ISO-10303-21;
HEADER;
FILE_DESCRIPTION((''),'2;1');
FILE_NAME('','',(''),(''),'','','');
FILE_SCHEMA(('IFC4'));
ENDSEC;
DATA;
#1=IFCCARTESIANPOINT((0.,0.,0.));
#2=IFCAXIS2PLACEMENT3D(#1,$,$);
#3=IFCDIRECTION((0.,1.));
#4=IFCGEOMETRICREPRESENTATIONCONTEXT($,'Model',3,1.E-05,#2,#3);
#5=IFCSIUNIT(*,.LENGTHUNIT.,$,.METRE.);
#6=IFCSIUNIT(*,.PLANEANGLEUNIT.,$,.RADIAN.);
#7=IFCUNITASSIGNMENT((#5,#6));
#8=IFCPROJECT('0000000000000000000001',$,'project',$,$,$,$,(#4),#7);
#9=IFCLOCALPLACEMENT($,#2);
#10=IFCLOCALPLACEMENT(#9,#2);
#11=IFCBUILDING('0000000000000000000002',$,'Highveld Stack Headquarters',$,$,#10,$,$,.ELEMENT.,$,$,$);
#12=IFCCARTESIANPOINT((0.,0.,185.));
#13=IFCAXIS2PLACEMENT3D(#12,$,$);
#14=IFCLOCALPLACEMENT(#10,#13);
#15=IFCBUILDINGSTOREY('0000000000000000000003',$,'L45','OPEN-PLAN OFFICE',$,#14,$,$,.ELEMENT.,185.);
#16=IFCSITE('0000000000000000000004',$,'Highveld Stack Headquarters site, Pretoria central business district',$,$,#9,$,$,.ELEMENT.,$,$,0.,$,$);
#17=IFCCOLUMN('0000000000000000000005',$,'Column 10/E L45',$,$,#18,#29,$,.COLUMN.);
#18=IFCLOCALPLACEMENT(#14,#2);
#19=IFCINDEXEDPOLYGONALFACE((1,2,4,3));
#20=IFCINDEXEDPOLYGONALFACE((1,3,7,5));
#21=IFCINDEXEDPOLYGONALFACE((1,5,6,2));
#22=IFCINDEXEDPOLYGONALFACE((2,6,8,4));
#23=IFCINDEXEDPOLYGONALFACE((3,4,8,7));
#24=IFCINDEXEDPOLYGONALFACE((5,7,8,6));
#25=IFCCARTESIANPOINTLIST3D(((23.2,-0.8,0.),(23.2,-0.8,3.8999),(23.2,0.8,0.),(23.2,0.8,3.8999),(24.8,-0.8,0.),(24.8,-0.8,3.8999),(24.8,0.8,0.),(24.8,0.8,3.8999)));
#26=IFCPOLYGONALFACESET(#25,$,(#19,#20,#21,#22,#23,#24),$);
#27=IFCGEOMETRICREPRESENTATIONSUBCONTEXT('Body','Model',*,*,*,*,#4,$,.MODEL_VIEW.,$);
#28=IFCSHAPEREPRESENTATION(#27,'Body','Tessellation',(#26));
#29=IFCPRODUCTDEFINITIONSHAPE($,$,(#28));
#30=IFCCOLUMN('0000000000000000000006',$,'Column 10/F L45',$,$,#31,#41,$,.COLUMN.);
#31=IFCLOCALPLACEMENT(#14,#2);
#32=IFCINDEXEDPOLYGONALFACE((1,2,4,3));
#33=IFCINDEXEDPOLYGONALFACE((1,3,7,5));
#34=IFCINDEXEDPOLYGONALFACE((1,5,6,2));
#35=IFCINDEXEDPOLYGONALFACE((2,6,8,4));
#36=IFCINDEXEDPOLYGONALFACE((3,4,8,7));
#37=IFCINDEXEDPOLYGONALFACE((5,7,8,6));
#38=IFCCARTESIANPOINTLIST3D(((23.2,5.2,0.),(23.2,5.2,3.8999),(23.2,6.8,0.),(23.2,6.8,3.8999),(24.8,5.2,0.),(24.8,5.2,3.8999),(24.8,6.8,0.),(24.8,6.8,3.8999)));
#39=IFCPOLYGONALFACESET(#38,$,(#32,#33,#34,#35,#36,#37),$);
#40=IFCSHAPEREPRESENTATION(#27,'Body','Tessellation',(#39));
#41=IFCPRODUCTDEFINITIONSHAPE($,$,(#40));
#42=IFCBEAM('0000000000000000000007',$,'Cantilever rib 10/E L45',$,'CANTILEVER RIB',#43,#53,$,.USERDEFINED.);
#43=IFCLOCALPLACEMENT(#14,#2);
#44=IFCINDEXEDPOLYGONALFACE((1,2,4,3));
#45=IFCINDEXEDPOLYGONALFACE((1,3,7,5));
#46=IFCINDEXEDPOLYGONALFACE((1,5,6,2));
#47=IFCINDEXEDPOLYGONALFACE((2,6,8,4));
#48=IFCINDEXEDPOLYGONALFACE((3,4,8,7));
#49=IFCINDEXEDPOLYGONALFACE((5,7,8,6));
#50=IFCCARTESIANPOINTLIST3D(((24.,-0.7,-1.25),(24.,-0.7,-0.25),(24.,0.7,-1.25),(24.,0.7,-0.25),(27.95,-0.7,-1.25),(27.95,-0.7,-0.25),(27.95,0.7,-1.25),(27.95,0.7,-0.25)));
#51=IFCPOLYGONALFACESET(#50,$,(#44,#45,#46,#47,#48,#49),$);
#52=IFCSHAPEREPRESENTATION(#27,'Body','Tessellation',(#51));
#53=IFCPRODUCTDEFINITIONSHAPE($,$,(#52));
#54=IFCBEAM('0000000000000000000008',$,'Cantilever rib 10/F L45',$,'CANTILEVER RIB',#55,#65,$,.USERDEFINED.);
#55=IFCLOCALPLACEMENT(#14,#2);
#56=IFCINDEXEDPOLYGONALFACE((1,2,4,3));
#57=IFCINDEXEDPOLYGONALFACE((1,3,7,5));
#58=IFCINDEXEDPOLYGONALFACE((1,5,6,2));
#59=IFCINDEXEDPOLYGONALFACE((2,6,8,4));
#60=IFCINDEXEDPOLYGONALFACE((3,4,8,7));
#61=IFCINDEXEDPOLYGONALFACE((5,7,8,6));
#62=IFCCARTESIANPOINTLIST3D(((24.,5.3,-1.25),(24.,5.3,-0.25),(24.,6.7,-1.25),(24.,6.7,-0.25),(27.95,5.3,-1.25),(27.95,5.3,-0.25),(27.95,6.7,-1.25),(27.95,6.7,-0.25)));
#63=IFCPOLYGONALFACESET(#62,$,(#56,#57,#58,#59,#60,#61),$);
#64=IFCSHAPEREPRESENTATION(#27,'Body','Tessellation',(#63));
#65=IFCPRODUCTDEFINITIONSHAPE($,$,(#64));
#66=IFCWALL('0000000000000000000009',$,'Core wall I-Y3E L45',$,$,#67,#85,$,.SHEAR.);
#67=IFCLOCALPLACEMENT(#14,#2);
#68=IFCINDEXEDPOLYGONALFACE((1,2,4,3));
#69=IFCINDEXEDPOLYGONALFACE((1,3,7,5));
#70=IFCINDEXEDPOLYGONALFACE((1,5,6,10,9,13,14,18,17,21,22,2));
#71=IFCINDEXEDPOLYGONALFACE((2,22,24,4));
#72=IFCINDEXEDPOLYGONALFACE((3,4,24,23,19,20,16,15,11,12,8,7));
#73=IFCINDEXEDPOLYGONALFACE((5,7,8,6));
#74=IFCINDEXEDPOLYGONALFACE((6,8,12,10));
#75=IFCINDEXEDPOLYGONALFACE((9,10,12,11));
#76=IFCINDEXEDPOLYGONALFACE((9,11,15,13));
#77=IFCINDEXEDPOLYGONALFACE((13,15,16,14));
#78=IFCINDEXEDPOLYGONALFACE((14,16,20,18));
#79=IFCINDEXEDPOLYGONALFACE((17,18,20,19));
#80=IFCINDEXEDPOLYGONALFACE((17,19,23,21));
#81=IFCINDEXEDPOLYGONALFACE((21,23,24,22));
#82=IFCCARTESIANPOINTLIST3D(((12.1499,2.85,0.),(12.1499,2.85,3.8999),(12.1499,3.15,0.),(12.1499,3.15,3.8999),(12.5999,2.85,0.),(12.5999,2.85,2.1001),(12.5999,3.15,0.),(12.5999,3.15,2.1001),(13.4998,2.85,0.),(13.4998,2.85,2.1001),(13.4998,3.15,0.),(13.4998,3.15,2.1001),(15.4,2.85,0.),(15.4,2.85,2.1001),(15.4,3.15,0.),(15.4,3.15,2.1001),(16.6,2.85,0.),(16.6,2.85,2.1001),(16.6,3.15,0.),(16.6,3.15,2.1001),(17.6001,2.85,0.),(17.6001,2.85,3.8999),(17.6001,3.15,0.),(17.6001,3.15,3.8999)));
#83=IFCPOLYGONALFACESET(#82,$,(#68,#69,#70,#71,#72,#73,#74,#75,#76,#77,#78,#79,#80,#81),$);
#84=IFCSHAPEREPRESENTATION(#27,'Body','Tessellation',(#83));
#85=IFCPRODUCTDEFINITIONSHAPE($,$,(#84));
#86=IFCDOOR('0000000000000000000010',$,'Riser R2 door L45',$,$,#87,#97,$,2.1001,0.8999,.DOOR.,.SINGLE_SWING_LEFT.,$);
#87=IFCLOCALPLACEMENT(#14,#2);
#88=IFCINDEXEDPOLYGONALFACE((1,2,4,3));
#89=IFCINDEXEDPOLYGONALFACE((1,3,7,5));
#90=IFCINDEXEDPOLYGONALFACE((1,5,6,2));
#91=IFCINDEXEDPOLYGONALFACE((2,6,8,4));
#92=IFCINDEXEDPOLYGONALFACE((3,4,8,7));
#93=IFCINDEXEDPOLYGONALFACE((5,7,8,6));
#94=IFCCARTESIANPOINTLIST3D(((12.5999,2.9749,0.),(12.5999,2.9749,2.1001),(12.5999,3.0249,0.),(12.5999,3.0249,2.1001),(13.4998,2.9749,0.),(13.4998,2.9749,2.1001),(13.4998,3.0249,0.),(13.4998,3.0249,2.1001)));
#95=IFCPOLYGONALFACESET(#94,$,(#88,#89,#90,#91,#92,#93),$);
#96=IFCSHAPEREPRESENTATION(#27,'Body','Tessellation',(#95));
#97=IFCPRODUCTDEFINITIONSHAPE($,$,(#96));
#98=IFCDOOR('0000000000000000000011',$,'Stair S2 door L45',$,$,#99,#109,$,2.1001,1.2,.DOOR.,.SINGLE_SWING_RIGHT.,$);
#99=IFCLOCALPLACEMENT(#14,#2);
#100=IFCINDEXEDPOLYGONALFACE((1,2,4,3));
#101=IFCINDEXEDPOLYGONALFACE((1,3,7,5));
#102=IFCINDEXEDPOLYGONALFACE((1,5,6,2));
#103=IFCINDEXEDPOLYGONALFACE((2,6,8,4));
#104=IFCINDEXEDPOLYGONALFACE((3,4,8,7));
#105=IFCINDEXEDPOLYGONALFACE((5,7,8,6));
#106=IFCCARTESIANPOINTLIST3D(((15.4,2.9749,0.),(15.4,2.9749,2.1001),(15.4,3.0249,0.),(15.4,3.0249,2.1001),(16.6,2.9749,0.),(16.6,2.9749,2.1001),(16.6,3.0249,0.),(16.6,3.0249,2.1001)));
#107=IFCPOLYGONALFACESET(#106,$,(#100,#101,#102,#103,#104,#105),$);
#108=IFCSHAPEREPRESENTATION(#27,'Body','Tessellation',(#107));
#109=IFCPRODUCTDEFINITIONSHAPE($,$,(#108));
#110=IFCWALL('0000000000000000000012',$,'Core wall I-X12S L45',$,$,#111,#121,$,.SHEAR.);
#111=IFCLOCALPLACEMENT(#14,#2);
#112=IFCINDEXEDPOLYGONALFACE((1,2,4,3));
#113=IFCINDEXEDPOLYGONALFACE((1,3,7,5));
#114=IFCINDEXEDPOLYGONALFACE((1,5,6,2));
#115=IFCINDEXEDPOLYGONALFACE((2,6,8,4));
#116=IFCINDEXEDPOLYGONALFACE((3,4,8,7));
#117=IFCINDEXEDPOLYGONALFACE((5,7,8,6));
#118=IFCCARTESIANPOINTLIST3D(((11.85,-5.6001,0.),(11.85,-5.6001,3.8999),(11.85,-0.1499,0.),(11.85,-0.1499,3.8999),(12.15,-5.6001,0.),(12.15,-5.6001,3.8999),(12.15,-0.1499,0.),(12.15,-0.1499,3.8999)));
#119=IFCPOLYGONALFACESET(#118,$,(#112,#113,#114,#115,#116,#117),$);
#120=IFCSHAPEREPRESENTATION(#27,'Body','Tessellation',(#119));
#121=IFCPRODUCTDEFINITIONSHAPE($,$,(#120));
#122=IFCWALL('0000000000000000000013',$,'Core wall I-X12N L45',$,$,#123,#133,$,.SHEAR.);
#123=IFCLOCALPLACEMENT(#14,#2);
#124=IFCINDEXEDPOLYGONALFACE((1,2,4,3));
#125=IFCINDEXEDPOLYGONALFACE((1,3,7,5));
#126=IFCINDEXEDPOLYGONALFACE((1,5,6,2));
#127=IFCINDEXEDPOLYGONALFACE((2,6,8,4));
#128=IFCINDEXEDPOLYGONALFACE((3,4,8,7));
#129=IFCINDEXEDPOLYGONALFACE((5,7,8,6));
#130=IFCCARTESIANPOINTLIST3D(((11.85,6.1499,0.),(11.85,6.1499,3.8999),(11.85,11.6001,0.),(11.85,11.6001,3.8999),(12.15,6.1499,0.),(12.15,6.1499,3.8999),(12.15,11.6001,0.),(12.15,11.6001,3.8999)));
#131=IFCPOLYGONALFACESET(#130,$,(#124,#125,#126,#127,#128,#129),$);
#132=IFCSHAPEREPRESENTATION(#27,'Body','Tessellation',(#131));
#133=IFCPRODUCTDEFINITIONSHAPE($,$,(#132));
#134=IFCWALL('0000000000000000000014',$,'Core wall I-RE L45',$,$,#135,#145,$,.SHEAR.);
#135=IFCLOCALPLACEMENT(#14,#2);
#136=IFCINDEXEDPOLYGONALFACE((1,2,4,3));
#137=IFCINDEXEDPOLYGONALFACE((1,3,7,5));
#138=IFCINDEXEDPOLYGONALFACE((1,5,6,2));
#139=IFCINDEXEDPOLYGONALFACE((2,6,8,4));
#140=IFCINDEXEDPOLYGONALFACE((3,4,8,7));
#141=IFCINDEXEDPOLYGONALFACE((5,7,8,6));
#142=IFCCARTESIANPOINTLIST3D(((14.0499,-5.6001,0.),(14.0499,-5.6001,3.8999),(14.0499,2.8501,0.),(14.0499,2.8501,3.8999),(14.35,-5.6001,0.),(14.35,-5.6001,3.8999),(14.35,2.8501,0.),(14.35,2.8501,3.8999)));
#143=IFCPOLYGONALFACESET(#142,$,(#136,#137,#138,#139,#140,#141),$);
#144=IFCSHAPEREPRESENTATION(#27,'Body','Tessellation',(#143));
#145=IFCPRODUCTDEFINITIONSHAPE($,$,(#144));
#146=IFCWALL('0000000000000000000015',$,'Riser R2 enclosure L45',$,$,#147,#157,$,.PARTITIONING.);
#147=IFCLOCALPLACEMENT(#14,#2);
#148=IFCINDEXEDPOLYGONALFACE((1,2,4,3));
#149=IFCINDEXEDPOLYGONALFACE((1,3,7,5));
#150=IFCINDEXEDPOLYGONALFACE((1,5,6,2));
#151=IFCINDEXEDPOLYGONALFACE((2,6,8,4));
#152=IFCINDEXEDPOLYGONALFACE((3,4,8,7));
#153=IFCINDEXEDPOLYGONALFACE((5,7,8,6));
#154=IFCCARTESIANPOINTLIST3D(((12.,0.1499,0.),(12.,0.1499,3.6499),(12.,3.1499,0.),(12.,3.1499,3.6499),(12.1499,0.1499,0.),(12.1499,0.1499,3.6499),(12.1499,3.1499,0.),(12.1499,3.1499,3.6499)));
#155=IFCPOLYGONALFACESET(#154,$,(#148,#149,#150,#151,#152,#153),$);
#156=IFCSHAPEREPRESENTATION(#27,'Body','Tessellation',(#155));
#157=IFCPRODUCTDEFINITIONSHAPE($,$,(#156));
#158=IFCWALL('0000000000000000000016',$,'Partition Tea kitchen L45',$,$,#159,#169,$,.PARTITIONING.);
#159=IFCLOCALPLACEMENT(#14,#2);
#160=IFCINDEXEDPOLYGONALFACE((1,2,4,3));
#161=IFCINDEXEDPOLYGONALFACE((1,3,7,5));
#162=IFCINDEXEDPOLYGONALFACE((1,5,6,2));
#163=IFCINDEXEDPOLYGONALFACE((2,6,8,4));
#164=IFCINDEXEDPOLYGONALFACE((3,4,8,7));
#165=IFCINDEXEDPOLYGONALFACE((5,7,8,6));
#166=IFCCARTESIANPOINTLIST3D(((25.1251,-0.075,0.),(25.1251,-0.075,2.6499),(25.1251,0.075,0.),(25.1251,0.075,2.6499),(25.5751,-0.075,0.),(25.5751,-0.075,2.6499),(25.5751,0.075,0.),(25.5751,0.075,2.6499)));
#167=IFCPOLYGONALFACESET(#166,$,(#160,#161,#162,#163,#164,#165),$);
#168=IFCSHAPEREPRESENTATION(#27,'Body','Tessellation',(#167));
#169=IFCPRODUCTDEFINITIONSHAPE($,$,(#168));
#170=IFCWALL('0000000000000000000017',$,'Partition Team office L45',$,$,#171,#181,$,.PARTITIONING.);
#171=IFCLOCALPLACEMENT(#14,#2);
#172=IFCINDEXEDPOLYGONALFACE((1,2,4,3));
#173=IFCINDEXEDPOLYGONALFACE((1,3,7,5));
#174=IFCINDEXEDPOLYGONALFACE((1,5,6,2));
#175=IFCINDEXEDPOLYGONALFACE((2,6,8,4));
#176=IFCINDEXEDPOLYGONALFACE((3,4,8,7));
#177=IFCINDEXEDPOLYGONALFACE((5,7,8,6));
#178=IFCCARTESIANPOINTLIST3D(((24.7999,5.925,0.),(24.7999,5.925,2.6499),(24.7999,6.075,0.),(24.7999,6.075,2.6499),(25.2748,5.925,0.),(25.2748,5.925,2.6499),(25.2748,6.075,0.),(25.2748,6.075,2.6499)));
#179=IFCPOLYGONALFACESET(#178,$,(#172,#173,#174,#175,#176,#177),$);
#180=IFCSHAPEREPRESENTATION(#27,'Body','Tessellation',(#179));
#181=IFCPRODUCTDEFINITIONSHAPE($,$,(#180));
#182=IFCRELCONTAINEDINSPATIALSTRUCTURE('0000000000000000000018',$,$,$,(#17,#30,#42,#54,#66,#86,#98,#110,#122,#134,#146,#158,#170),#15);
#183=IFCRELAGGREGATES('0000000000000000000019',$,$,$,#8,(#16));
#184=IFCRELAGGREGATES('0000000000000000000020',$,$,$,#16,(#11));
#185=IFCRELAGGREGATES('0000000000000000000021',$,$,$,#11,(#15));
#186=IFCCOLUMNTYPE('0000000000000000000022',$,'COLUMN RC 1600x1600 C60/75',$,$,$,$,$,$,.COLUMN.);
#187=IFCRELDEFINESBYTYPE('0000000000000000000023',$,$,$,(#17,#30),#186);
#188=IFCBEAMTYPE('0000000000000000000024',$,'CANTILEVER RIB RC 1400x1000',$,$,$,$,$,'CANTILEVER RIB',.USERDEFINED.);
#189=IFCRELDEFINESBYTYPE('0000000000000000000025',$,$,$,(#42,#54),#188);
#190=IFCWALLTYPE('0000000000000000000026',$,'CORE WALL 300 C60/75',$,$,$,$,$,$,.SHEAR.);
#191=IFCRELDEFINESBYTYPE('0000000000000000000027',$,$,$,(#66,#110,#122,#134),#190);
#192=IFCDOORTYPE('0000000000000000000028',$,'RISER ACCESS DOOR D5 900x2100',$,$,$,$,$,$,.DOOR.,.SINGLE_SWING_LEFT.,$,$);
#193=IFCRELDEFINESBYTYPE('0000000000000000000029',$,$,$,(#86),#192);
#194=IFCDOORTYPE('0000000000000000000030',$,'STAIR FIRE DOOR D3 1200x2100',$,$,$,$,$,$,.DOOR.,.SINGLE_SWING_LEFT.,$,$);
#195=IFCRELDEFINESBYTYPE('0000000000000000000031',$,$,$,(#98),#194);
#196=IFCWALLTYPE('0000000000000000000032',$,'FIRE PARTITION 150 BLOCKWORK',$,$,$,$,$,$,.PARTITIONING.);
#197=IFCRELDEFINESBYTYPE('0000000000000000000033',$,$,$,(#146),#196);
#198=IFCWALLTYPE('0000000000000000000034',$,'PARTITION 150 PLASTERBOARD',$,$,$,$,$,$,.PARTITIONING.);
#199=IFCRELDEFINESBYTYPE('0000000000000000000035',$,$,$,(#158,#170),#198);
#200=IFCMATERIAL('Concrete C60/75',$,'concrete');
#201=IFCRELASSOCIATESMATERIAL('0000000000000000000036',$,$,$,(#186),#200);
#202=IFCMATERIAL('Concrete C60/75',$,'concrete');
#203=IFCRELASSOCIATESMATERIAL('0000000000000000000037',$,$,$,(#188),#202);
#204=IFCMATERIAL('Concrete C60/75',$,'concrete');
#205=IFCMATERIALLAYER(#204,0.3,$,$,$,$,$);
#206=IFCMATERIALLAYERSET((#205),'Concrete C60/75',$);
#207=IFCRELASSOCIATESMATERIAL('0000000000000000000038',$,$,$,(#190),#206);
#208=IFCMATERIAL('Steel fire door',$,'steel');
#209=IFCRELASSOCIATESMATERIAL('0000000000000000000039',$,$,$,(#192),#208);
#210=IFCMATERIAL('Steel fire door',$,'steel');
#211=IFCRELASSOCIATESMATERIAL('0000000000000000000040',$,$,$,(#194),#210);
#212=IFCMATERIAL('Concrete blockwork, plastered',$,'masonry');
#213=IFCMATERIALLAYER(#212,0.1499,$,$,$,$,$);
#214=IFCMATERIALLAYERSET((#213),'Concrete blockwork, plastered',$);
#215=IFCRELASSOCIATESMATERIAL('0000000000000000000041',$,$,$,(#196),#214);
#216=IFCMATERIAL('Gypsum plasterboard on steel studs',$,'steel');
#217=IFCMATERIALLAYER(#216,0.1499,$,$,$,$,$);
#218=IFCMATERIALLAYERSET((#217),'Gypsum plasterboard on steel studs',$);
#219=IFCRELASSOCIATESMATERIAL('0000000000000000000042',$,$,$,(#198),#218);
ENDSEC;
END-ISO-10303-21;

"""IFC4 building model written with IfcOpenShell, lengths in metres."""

from ifc_helpers import new_model, si_unit, direction, frame, frame_2d, origin, origin_2d, place, context, subcontext, project, spatial, rectangle, extrude, material, layer, layer_set, material_profile, profile_set, type_object, element, fill, save


model = new_model("IFC4")

# Units and contexts
model_context = context("Model", 3, precision=1e-05, world=origin(), true_north=direction((0.0, 1.0)))
body_context = subcontext(model_context, "Body", "Model", "MODEL_VIEW")
ifc_project = project(units=[si_unit("LENGTHUNIT", "METRE"), si_unit("PLANEANGLEUNIT", "RADIAN")], contexts=[model_context])

# Site, building, storey
site_placement = place(None, origin())
site = spatial("IfcSite", under=ifc_project, at=site_placement, Name="Highveld Stack Headquarters site, Pretoria central business district", CompositionType="ELEMENT", RefElevation=0.0)
building_placement = place(site_placement, origin())
building = spatial("IfcBuilding", under=site, at=building_placement, Name="Highveld Stack Headquarters", CompositionType="ELEMENT")
storey_placement = place(building_placement, frame((0.0, 0.0, 185.0)))
storey = spatial("IfcBuildingStorey", under=building, at=storey_placement, Name="L45", Description="OPEN-PLAN OFFICE", CompositionType="ELEMENT", Elevation=185.0)

# Columns
ifc_material_1 = material(Name="Concrete C60/75", Category="concrete")
ifc_material_profile_1 = material_profile(ifc_material_1, rectangle(XDim=1.6001, YDim=1.6001, at=origin_2d()), Name="RC 1600x1600")
ifc_profile_set_1 = profile_set([ifc_material_profile_1], Name="Concrete C60/75")
column_type = type_object("IfcColumnType", Name="COLUMN RC 1600x1600 C60/75", PredefinedType="COLUMN", material=ifc_profile_set_1)
for number, where, z_axis, x_axis, name in (
    (1, (24.0, 0.0, 0.0), (0.0, 0.0, 1.0), (1.0, 0.0, 0.0), "Column 10/E L45"),
    (2, (24.0, 6.0, 0.0), (0.0, 0.0, 1.0), (1.0, 0.0, 0.0), "Column 10/F L45"),
):
    element("IfcColumn", number, at=place(storey_placement, frame(where, z_axis=z_axis, x_axis=x_axis)), inside=storey, type_object=column_type, Name=name, PredefinedType="COLUMN", context=body_context, shape_type="SweptSolid", body=[
        extrude(rectangle(XDim=1.6001, YDim=1.6001, at=origin_2d()), origin(), (0.0, 0.0, 1.0), 3.8999),
    ])

# Beams
ifc_material_2 = material(Name="Concrete C60/75", Category="concrete")
ifc_material_profile_2 = material_profile(ifc_material_2, rectangle(XDim=1.3999, YDim=1.0, at=origin_2d()), Name="RC 1400x1000")
ifc_profile_set_2 = profile_set([ifc_material_profile_2], Name="Concrete C60/75")
beam_type = type_object("IfcBeamType", Name="CANTILEVER RIB RC 1400x1000", ElementType="CANTILEVER RIB", PredefinedType="USERDEFINED", material=ifc_profile_set_2)
for number, where, z_axis, x_axis, name in (
    (3, (24.0, 0.0, -0.75), (1.0, 0.0, 0.0), (0.0, 1.0, 0.0), "Cantilever rib 10/E L45"),
    (4, (24.0, 6.0, -0.75), (1.0, 0.0, 0.0), (0.0, 1.0, 0.0), "Cantilever rib 10/F L45"),
):
    element("IfcBeam", number, at=place(storey_placement, frame(where, z_axis=z_axis, x_axis=x_axis)), inside=storey, type_object=beam_type, Name=name, ObjectType="CANTILEVER RIB", PredefinedType="USERDEFINED", context=body_context, shape_type="SweptSolid", body=[
        extrude(rectangle(XDim=1.3999, YDim=1.0, at=origin_2d()), origin(), (0.0, 0.0, 1.0), 3.95),
    ])

# Wall, openings, doors
ifc_material_3 = material(Name="Concrete C60/75", Category="concrete")
ifc_layer_1 = layer(ifc_material_3, 0.3)
ifc_layer_set_1 = layer_set([ifc_layer_1], Name="Concrete C60/75")
wall_type_1 = type_object("IfcWallType", Name="CORE WALL 300 C60/75", PredefinedType="SHEAR", material=ifc_layer_set_1)
wall_1_placement = place(storey_placement, frame((12.1499, 3.0, 0.0), z_axis=(0.0, 0.0, 1.0), x_axis=(1.0, 0.0, 0.0)))
wall_1 = element("IfcWall", 5, at=wall_1_placement, inside=storey, type_object=wall_type_1, Name="Core wall I-Y3E L45", PredefinedType="SHEAR", context=body_context, shape_type="SweptSolid", body=[
    extrude(rectangle(XDim=5.4502, YDim=0.3, at=frame_2d((2.7251, 0.0))), origin(), (0.0, 0.0, 1.0), 3.8999),
])
opening_1_placement = place(wall_1_placement, frame((3.25, 0.0, 0.0)))
opening_1 = element("IfcOpeningElement", 6, at=opening_1_placement, cuts=wall_1, PredefinedType="OPENING", context=body_context, shape_type="SweptSolid", body=[
    extrude(rectangle(XDim=1.2, YDim=2.1001, at=frame_2d((0.6001, 1.05))), frame((0.0, 0.1599, 0.0), z_axis=(0.0, -1.0, 0.0), x_axis=(1.0, 0.0, 0.0)), (0.0, 0.0, 1.0), 0.3201),
])
opening_2_placement = place(wall_1_placement, frame((0.45, 0.0, 0.0)))
opening_2 = element("IfcOpeningElement", 7, at=opening_2_placement, cuts=wall_1, PredefinedType="OPENING", context=body_context, shape_type="SweptSolid", body=[
    extrude(rectangle(XDim=0.8999, YDim=2.1001, at=frame_2d((0.45, 1.05))), frame((0.0, 0.1599, 0.0), z_axis=(0.0, -1.0, 0.0), x_axis=(1.0, 0.0, 0.0)), (0.0, 0.0, 1.0), 0.3201),
])
ifc_material_4 = material(Name="Steel fire door", Category="steel")
door_type_1 = type_object("IfcDoorType", Name="RISER ACCESS DOOR D5 900x2100", OperationType="SINGLE_SWING_LEFT", PredefinedType="DOOR", material=ifc_material_4)
door_1_placement = place(opening_2_placement, origin())
door_1 = element("IfcDoor", 8, at=door_1_placement, inside=storey, type_object=door_type_1, Name="Riser R2 door L45", OperationType="SINGLE_SWING_LEFT", OverallHeight=2.1001, OverallWidth=0.8999, PredefinedType="DOOR", context=body_context, shape_type="SweptSolid", body=[
    extrude(rectangle(XDim=0.8999, YDim=2.1001, at=frame_2d((0.45, 1.05))), frame((0.0, 0.0249, 0.0), z_axis=(0.0, -1.0, 0.0), x_axis=(1.0, 0.0, 0.0)), (0.0, 0.0, 1.0), 0.05),
])
fill(opening_2, door_1)
ifc_material_5 = material(Name="Steel fire door", Category="steel")
door_type_2 = type_object("IfcDoorType", Name="STAIR FIRE DOOR D3 1200x2100", OperationType="SINGLE_SWING_LEFT", PredefinedType="DOOR", material=ifc_material_5)
door_2_placement = place(opening_1_placement, origin())
door_2 = element("IfcDoor", 9, at=door_2_placement, inside=storey, type_object=door_type_2, Name="Stair S2 door L45", OperationType="SINGLE_SWING_RIGHT", OverallHeight=2.1001, OverallWidth=1.2, PredefinedType="DOOR", context=body_context, shape_type="SweptSolid", body=[
    extrude(rectangle(XDim=1.2, YDim=2.1001, at=frame_2d((0.6001, 1.05))), frame((0.0, 0.0249, 0.0), z_axis=(0.0, -1.0, 0.0), x_axis=(1.0, 0.0, 0.0)), (0.0, 0.0, 1.0), 0.05),
])
fill(opening_1, door_2)

# Walls
for number, where, z_axis, x_axis, name in (
    (10, (12.0, -5.6001, 0.0), (0.0, 0.0, 1.0), (0.0, 1.0, 0.0), "Core wall I-X12S L45"),
    (11, (12.0, 6.1499, 0.0), (0.0, 0.0, 1.0), (0.0, 1.0, 0.0), "Core wall I-X12N L45"),
):
    element("IfcWall", number, at=place(storey_placement, frame(where, z_axis=z_axis, x_axis=x_axis)), inside=storey, type_object=wall_type_1, Name=name, PredefinedType="SHEAR", context=body_context, shape_type="SweptSolid", body=[
        extrude(rectangle(XDim=5.4502, YDim=0.3, at=frame_2d((2.7251, 0.0))), origin(), (0.0, 0.0, 1.0), 3.8999),
    ])
wall_2_placement = place(storey_placement, frame((14.2, -5.6001, 0.0), z_axis=(0.0, 0.0, 1.0), x_axis=(0.0, 1.0, 0.0)))
element("IfcWall", 12, at=wall_2_placement, inside=storey, type_object=wall_type_1, Name="Core wall I-RE L45", PredefinedType="SHEAR", context=body_context, shape_type="SweptSolid", body=[
    extrude(rectangle(XDim=8.4502, YDim=0.3, at=frame_2d((4.2251, 0.0))), origin(), (0.0, 0.0, 1.0), 3.8999),
])
ifc_material_6 = material(Name="Concrete blockwork, plastered", Category="masonry")
ifc_layer_2 = layer(ifc_material_6, 0.1499)
ifc_layer_set_2 = layer_set([ifc_layer_2], Name="Concrete blockwork, plastered")
wall_type_2 = type_object("IfcWallType", Name="FIRE PARTITION 150 BLOCKWORK", PredefinedType="PARTITIONING", material=ifc_layer_set_2)
wall_3_placement = place(storey_placement, frame((12.075, 0.1499, 0.0), z_axis=(0.0, 0.0, 1.0), x_axis=(0.0, 1.0, 0.0)))
element("IfcWall", 13, at=wall_3_placement, inside=storey, type_object=wall_type_2, Name="Riser R2 enclosure L45", PredefinedType="PARTITIONING", context=body_context, shape_type="SweptSolid", body=[
    extrude(rectangle(XDim=3.0, YDim=0.1499, at=frame_2d((1.5, 0.0))), origin(), (0.0, 0.0, 1.0), 3.6499),
])
ifc_material_7 = material(Name="Gypsum plasterboard on steel studs", Category="steel")
ifc_layer_3 = layer(ifc_material_7, 0.1499)
ifc_layer_set_3 = layer_set([ifc_layer_3], Name="Gypsum plasterboard on steel studs")
wall_type_3 = type_object("IfcWallType", Name="PARTITION 150 PLASTERBOARD", PredefinedType="PARTITIONING", material=ifc_layer_set_3)
wall_4_placement = place(storey_placement, frame((25.125, 0.0, 0.0), z_axis=(0.0, 0.0, 1.0), x_axis=(1.0, 0.0, 0.0)))
element("IfcWall", 14, at=wall_4_placement, inside=storey, type_object=wall_type_3, Name="Partition Tea kitchen L45", PredefinedType="PARTITIONING", context=body_context, shape_type="SweptSolid", body=[
    extrude(rectangle(XDim=0.45, YDim=0.1499, at=frame_2d((0.2251, 0.0))), origin(), (0.0, 0.0, 1.0), 2.6499),
])
wall_5_placement = place(storey_placement, frame((24.8, 6.0, 0.0), z_axis=(0.0, 0.0, 1.0), x_axis=(1.0, 0.0, 0.0)))
element("IfcWall", 15, at=wall_5_placement, inside=storey, type_object=wall_type_3, Name="Partition Team office L45", PredefinedType="PARTITIONING", context=body_context, shape_type="SweptSolid", body=[
    extrude(rectangle(XDim=0.4749, YDim=0.1499, at=frame_2d((0.2373, 0.0))), origin(), (0.0, 0.0, 1.0), 2.6499),
])

save(model, "model.ifc")
